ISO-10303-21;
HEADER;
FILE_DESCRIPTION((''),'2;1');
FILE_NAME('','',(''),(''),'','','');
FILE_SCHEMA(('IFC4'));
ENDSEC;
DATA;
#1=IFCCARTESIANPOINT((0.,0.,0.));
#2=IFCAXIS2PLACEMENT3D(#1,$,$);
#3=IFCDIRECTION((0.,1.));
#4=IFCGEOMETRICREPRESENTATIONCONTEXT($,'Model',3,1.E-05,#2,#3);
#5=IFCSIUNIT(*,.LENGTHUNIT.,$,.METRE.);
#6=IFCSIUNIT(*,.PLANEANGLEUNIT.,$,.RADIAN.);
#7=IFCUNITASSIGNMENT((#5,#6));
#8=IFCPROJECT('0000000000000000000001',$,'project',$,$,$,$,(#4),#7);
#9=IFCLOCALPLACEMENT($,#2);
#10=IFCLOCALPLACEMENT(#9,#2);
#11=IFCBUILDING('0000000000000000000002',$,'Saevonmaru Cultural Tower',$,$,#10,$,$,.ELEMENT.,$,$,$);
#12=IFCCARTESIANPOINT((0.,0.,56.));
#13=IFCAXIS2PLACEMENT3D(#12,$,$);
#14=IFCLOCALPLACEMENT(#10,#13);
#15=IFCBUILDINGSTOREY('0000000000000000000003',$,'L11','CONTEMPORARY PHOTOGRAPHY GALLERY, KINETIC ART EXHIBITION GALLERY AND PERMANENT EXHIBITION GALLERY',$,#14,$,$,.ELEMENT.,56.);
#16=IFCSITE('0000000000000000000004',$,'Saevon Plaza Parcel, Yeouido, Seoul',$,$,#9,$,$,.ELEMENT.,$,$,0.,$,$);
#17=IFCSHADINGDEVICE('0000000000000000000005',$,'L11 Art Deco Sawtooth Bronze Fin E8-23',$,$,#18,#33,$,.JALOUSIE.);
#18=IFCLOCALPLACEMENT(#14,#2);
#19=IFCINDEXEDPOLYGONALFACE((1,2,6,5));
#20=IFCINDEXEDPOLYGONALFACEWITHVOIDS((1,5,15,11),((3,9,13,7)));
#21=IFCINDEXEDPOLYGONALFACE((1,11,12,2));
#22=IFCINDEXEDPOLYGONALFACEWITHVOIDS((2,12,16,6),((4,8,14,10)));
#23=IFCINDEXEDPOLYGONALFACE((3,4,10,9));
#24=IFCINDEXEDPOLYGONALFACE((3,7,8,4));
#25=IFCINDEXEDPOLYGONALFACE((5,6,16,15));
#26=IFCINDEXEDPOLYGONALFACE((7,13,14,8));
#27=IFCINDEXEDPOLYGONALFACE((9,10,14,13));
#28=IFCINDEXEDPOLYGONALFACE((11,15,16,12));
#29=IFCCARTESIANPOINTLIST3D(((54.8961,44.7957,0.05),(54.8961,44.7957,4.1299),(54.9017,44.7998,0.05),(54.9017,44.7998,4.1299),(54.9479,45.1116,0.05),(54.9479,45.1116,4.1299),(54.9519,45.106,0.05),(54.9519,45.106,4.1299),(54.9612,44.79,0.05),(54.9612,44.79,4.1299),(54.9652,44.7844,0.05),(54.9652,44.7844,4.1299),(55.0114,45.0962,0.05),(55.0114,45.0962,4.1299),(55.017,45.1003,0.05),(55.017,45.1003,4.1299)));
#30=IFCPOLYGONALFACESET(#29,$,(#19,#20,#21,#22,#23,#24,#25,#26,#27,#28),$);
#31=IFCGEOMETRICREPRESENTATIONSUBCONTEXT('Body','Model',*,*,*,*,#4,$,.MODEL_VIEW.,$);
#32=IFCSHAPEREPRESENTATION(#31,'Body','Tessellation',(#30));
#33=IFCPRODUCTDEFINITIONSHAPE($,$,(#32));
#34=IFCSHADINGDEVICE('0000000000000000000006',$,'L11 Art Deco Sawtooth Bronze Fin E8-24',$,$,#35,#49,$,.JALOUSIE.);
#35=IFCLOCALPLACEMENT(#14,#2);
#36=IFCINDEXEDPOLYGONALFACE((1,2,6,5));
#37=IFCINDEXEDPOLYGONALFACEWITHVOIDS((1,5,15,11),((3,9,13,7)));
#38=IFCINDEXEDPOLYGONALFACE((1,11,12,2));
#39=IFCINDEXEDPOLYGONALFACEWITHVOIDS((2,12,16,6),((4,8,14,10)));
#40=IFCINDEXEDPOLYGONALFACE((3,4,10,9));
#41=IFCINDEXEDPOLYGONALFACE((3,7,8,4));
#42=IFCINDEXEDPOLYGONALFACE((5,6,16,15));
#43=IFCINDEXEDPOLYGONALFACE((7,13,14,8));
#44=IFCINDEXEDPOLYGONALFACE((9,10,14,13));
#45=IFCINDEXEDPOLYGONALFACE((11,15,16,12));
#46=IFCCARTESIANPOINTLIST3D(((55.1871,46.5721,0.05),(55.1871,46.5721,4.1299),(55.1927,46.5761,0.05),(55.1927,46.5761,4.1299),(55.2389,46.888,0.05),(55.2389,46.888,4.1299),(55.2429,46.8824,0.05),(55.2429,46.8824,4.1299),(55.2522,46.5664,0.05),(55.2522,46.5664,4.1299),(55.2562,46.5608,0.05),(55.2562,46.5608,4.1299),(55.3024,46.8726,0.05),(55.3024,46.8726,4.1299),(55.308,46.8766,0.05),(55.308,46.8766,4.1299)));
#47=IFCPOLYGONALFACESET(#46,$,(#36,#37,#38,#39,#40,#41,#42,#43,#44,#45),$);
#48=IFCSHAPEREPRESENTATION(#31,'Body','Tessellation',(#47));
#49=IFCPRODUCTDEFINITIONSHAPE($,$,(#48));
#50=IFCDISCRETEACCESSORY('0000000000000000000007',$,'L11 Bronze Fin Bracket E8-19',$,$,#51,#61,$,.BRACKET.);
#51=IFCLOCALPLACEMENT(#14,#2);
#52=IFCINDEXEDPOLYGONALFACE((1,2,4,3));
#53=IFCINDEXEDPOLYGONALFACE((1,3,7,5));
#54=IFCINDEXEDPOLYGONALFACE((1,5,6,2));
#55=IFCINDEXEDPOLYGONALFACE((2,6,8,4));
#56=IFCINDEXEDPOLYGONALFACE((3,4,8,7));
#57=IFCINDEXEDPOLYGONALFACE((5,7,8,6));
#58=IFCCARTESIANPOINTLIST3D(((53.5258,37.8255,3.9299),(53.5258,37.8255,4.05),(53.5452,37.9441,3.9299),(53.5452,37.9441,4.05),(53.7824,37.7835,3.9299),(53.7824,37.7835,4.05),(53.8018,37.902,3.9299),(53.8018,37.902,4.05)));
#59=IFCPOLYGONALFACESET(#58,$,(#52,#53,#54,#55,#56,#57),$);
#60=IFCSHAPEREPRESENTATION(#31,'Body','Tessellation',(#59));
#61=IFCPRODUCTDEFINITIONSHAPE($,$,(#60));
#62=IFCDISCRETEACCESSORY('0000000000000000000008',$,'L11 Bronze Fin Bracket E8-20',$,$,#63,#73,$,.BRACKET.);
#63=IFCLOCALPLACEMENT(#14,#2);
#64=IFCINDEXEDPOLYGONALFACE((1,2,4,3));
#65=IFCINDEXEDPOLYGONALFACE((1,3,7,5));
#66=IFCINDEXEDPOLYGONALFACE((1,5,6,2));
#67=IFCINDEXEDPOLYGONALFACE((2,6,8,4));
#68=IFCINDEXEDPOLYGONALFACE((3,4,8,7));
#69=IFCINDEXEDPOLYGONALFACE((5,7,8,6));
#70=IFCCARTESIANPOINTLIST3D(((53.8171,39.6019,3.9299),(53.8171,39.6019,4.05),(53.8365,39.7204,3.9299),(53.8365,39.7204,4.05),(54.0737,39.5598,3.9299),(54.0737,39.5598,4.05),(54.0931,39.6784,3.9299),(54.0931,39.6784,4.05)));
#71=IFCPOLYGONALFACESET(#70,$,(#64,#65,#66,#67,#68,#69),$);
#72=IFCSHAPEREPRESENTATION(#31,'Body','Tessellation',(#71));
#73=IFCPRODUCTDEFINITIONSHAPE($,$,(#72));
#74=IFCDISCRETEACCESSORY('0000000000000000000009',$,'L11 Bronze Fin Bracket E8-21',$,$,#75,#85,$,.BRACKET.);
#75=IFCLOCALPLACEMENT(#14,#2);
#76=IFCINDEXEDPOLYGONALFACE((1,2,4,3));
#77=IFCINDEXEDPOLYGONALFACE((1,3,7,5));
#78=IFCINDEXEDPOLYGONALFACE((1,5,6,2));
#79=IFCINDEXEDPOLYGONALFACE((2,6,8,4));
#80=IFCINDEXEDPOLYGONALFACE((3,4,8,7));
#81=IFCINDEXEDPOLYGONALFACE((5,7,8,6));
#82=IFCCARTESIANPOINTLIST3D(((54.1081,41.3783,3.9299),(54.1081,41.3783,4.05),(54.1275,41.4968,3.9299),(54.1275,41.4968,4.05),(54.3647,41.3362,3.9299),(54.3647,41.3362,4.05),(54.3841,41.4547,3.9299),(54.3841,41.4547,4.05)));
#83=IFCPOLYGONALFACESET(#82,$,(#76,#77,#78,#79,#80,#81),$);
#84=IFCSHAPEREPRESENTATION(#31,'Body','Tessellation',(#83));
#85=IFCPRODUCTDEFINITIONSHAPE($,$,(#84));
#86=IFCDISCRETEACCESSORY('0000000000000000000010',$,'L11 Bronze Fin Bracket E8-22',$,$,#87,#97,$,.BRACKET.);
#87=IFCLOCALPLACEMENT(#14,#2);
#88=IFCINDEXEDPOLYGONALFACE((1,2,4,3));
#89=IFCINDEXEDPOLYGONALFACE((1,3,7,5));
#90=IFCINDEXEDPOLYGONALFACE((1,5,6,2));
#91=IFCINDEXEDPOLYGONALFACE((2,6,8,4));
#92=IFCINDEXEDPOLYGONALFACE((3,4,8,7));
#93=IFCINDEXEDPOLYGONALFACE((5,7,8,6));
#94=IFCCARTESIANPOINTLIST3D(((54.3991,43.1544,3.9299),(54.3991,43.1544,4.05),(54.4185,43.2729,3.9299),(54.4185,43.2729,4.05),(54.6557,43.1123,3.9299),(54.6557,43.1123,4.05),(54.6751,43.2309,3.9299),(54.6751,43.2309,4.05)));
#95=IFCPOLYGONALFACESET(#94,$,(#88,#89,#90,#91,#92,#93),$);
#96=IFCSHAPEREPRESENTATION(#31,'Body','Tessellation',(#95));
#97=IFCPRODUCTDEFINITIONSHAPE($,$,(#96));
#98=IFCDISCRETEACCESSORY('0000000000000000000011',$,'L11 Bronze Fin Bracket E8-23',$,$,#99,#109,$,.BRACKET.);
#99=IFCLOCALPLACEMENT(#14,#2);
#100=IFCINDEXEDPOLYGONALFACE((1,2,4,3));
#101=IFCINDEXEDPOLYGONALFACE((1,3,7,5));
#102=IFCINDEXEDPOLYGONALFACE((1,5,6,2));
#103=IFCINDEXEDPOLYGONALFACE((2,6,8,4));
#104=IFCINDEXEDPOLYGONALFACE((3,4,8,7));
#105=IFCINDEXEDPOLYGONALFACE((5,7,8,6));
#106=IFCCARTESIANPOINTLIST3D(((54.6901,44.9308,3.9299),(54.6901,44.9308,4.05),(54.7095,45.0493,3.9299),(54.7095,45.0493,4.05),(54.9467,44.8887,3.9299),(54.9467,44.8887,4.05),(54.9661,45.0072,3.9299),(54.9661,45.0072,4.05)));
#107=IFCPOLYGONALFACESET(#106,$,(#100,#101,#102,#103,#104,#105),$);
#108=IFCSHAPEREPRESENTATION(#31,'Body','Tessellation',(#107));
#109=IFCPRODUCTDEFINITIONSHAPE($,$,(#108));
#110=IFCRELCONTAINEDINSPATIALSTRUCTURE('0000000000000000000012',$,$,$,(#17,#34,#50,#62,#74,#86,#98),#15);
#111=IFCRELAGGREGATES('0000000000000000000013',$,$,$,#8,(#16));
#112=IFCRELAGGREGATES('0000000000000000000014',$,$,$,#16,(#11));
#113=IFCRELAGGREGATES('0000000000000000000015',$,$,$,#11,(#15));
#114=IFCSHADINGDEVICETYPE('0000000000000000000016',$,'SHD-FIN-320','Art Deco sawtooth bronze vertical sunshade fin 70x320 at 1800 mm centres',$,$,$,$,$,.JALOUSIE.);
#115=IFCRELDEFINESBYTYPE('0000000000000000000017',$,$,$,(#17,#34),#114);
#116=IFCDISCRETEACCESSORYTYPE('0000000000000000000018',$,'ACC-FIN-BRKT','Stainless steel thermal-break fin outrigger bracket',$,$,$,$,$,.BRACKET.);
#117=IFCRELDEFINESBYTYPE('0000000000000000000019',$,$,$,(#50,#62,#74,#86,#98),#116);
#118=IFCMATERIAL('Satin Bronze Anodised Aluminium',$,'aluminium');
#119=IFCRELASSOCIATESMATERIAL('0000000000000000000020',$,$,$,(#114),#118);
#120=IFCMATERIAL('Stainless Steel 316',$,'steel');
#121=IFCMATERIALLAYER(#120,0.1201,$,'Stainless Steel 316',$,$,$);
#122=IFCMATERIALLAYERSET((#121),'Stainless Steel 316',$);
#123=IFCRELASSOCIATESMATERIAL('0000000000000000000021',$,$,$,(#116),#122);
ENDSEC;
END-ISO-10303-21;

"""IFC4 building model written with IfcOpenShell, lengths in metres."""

from ifc_helpers import new_model, si_unit, direction, frame, origin, origin_2d, place, context, subcontext, project, spatial, rectangle, hollow_rectangle, extrude, material, layer, layer_set, material_profile, profile_set, type_object, element, save


model = new_model("IFC4")

# Units and contexts
model_context = context("Model", 3, precision=1e-05, world=origin(), true_north=direction((0.0, 1.0)))
body_context = subcontext(model_context, "Body", "Model", "MODEL_VIEW")
ifc_project = project(units=[si_unit("LENGTHUNIT", "METRE"), si_unit("PLANEANGLEUNIT", "RADIAN")], contexts=[model_context])

# Site, building, storey
site_placement = place(None, origin())
site = spatial("IfcSite", under=ifc_project, at=site_placement, Name="Saevon Plaza Parcel, Yeouido, Seoul", CompositionType="ELEMENT", RefElevation=0.0)
building_placement = place(site_placement, origin())
building = spatial("IfcBuilding", under=site, at=building_placement, Name="Saevonmaru Cultural Tower", CompositionType="ELEMENT")
storey_placement = place(building_placement, frame((0.0, 0.0, 56.0)))
storey = spatial("IfcBuildingStorey", under=building, at=storey_placement, Name="L11", Description="CONTEMPORARY PHOTOGRAPHY GALLERY, KINETIC ART EXHIBITION GALLERY AND PERMANENT EXHIBITION GALLERY", CompositionType="ELEMENT", Elevation=56.0)

# Shared definitions
ifc_material_1 = material(Name="Satin Bronze Anodised Aluminium", Category="aluminium")

# Shading devices
ifc_material_profile_1 = material_profile(ifc_material_1, hollow_rectangle(XDim=0.0701, YDim=0.3201, WallThickness=0.0049, at=origin_2d()), Name="FIN-320x70")
ifc_profile_set_1 = profile_set([ifc_material_profile_1], Name="Satin Bronze Anodised Aluminium")
shading_device_type = type_object("IfcShadingDeviceType", Name="SHD-FIN-320", Description="Art Deco sawtooth bronze vertical sunshade fin 70x320 at 1800 mm centres", PredefinedType="JALOUSIE", material=ifc_profile_set_1)
for number, where, z_axis, x_axis, name in (
    (1, (54.9565, 44.948, 0.05), (0.0, 0.0, 1.0), (0.986827, -0.161776, 0.0), "L11 Art Deco Sawtooth Bronze Fin E8-23"),
    (2, (55.2476, 46.7244, 0.05), (0.0, 0.0, 1.0), (0.986827, -0.161776, 0.0), "L11 Art Deco Sawtooth Bronze Fin E8-24"),
):
    element("IfcShadingDevice", number, at=place(storey_placement, frame(where, z_axis=z_axis, x_axis=x_axis)), inside=storey, type_object=shading_device_type, Name=name, PredefinedType="JALOUSIE", context=body_context, shape_type="SweptSolid", body=[
        extrude(hollow_rectangle(XDim=0.0701, YDim=0.3201, WallThickness=0.0049, at=origin_2d()), origin(), (0.0, 0.0, 1.0), 4.0798),
    ])

# Discrete accessories
ifc_material_2 = material(Name="Stainless Steel 316", Category="steel")
ifc_layer = layer(ifc_material_2, 0.1201, Name="Stainless Steel 316")
ifc_layer_set = layer_set([ifc_layer], Name="Stainless Steel 316")
discrete_accessory_type = type_object("IfcDiscreteAccessoryType", Name="ACC-FIN-BRKT", Description="Stainless steel thermal-break fin outrigger bracket", PredefinedType="BRACKET", material=ifc_layer_set)
for number, where, z_axis, x_axis, name in (
    (3, (53.6638, 37.8638, 3.9299), (0.0, 0.0, 1.0), (0.986827, -0.161776, 0.0), "L11 Bronze Fin Bracket E8-19"),
    (4, (53.9551, 39.6401, 3.9299), (0.0, 0.0, 1.0), (0.986827, -0.161776, 0.0), "L11 Bronze Fin Bracket E8-20"),
    (5, (54.2461, 41.4165, 3.9299), (0.0, 0.0, 1.0), (0.986827, -0.161776, 0.0), "L11 Bronze Fin Bracket E8-21"),
    (6, (54.5371, 43.1926, 3.9299), (0.0, 0.0, 1.0), (0.986827, -0.161776, 0.0), "L11 Bronze Fin Bracket E8-22"),
    (7, (54.8281, 44.969, 3.9299), (0.0, 0.0, 1.0), (0.986827, -0.161776, 0.0), "L11 Bronze Fin Bracket E8-23"),
):
    element("IfcDiscreteAccessory", number, at=place(storey_placement, frame(where, z_axis=z_axis, x_axis=x_axis)), inside=storey, type_object=discrete_accessory_type, Name=name, PredefinedType="BRACKET", context=body_context, shape_type="SweptSolid", body=[
        extrude(rectangle(XDim=0.26, YDim=0.1201, at=origin_2d()), origin(), (0.0, 0.0, 1.0), 0.1201),
    ])

save(model, "model.ifc")
